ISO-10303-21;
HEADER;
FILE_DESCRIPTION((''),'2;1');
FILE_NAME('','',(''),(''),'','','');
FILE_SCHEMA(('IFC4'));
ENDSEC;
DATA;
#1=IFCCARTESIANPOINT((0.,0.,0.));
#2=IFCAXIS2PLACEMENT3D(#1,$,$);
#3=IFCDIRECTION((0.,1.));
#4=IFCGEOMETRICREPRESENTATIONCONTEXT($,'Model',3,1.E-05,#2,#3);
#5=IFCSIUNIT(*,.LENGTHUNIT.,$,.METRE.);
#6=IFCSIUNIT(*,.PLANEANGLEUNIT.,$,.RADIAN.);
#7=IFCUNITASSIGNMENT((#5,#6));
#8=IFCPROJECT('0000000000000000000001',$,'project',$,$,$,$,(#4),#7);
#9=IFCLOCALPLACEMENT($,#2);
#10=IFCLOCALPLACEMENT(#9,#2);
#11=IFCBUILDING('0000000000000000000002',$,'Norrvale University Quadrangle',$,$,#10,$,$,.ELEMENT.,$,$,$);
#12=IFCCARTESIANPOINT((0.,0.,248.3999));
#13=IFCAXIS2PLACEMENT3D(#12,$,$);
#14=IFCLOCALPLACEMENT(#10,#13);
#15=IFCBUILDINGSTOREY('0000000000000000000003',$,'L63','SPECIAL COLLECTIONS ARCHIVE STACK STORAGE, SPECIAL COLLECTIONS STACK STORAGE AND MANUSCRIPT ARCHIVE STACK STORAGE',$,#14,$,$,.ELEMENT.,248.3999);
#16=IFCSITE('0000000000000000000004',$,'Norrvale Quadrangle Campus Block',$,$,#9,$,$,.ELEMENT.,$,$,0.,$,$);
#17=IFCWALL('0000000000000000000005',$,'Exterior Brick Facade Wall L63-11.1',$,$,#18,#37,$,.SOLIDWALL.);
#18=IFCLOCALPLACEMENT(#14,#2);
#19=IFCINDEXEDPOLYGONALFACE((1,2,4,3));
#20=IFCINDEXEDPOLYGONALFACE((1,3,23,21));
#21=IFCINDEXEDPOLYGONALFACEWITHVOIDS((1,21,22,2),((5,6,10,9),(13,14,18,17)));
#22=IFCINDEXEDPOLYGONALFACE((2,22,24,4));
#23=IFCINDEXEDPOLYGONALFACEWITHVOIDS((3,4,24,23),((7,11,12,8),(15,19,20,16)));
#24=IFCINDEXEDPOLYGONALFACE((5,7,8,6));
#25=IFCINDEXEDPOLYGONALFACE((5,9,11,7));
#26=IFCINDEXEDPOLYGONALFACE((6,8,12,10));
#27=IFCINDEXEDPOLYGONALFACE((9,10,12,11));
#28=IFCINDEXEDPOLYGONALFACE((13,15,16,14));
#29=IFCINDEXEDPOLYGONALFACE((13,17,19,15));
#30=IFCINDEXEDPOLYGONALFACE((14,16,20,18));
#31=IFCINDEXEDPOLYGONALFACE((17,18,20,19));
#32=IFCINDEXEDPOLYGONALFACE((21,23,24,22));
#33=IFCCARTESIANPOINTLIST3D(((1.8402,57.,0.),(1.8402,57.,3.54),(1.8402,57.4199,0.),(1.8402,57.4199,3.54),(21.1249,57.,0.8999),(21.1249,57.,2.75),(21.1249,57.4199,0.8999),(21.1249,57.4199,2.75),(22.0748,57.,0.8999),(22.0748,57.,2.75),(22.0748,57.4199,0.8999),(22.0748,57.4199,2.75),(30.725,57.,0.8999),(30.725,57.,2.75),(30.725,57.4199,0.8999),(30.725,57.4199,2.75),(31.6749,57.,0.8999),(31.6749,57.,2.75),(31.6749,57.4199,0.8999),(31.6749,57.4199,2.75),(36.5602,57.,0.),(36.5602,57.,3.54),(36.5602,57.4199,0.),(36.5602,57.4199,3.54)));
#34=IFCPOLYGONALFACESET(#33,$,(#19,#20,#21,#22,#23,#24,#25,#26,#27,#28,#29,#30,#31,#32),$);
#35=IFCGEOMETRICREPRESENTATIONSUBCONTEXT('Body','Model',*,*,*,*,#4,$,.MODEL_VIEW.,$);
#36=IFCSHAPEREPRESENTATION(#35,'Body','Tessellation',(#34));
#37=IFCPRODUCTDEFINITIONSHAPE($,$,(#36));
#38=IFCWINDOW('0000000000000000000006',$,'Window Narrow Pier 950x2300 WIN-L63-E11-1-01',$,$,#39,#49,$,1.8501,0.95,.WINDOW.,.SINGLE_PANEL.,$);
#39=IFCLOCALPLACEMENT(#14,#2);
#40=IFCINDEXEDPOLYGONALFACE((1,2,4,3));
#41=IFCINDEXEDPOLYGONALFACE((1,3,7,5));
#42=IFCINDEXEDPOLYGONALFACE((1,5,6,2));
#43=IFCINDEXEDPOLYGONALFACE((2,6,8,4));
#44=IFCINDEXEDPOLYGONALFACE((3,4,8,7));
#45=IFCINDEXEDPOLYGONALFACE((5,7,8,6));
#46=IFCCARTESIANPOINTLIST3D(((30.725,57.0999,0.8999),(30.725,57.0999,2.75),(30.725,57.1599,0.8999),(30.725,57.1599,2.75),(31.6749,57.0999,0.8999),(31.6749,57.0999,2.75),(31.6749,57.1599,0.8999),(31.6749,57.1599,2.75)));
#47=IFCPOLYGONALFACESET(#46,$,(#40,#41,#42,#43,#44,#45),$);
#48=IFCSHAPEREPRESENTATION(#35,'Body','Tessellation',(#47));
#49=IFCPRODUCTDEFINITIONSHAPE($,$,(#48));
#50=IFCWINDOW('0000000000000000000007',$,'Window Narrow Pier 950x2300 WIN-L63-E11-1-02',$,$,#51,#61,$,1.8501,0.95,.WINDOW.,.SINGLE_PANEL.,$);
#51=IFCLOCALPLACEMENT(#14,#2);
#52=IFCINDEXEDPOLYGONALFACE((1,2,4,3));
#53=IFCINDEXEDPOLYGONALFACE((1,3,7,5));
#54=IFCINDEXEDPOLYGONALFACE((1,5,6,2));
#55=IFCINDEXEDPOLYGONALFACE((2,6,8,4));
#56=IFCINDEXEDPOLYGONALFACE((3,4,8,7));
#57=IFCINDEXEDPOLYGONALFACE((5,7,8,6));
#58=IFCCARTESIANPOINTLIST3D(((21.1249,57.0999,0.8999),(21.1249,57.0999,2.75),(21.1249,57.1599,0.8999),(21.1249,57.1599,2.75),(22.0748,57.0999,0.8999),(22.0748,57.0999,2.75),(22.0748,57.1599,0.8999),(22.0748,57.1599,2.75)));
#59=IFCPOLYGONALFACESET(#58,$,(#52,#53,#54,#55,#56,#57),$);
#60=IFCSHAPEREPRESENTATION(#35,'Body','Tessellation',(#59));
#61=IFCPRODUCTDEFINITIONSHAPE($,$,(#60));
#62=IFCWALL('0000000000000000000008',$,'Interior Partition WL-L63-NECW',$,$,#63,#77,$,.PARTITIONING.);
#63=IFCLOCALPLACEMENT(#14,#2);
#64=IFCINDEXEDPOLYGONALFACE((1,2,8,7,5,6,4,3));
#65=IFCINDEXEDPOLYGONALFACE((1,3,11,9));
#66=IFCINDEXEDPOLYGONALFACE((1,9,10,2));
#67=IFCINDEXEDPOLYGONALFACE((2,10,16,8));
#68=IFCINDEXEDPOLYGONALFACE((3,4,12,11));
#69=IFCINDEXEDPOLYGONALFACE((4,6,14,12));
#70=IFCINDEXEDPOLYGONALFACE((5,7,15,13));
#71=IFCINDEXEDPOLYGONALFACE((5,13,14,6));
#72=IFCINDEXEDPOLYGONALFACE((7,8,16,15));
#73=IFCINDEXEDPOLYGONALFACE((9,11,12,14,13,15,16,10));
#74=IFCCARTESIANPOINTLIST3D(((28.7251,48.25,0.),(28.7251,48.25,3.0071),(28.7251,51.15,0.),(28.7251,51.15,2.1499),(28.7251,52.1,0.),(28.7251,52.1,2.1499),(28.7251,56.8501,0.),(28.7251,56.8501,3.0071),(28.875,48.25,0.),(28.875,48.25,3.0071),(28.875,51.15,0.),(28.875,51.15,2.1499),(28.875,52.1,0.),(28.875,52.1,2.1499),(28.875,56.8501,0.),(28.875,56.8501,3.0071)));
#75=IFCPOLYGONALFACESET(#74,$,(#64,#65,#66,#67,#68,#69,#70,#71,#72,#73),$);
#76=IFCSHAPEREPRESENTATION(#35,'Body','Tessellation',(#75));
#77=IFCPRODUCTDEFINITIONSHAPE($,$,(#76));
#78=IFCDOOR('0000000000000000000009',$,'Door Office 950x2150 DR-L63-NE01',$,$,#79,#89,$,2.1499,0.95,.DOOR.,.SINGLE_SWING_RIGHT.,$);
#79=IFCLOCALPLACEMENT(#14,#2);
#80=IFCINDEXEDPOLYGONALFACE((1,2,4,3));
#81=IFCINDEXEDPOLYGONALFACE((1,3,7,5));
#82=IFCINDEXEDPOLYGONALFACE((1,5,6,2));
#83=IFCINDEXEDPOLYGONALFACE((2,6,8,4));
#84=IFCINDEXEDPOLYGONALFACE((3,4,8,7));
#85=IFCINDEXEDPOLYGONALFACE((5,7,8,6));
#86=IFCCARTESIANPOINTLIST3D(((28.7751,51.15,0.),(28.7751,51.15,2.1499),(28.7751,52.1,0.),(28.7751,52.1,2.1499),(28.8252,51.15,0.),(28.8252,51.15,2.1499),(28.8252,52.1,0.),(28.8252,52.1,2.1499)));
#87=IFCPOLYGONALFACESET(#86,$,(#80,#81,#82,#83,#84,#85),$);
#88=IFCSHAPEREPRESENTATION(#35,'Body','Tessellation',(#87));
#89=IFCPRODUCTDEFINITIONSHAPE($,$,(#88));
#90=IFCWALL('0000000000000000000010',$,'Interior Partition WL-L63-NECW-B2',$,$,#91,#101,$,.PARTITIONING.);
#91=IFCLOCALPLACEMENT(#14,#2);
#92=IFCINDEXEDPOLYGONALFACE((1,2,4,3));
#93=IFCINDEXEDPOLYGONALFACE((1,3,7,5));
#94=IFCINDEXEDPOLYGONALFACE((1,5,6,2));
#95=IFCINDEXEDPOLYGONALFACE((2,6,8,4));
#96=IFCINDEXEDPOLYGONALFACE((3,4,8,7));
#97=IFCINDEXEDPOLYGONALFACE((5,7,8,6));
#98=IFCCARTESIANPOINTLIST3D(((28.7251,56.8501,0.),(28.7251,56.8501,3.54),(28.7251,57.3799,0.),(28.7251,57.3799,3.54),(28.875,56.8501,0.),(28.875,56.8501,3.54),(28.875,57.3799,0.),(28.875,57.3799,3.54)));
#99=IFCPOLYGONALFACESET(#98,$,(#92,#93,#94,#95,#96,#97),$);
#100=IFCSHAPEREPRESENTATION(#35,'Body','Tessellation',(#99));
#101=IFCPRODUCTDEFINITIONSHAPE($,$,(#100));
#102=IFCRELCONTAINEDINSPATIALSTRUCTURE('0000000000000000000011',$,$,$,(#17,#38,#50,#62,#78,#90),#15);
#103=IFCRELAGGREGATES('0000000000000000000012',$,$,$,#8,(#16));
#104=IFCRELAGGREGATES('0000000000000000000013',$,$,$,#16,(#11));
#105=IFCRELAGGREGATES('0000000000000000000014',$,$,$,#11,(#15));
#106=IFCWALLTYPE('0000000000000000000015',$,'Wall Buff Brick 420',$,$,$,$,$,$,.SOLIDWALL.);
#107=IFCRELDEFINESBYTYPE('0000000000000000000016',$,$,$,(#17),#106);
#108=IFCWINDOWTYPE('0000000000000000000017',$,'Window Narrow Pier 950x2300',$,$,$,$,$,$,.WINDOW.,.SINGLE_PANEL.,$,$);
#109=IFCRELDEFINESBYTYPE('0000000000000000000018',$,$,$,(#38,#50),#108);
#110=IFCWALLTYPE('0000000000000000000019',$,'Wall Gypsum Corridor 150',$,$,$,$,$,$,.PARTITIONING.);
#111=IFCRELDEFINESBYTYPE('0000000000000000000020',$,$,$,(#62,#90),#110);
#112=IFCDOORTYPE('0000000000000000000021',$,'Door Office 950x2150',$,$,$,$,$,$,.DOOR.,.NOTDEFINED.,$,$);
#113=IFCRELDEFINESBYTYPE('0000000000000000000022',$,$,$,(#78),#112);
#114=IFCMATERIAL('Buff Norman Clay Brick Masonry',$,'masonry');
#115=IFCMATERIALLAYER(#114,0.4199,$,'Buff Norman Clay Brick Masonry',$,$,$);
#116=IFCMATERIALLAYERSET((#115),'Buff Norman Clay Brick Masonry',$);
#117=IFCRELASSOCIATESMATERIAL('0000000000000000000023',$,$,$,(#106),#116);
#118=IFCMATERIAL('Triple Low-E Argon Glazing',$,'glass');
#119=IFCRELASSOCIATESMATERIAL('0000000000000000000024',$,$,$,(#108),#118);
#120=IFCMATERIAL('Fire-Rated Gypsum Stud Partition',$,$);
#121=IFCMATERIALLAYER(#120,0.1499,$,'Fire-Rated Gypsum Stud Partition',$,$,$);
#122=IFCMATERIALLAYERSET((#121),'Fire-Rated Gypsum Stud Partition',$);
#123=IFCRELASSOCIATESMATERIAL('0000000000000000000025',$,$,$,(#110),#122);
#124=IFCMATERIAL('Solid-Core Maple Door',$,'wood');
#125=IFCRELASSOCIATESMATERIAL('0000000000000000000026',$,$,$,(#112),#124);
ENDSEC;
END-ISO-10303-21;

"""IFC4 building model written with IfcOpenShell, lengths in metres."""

from ifc_helpers import new_model, si_unit, direction, frame, frame_2d, origin, place, context, subcontext, project, spatial, rectangle, extrude, material, layer, layer_set, type_object, element, fill, save


model = new_model("IFC4")

# Units and contexts
model_context = context("Model", 3, precision=1e-05, world=origin(), true_north=direction((0.0, 1.0)))
body_context = subcontext(model_context, "Body", "Model", "MODEL_VIEW")
ifc_project = project(units=[si_unit("LENGTHUNIT", "METRE"), si_unit("PLANEANGLEUNIT", "RADIAN")], contexts=[model_context])

# Site, building, storey
site_placement = place(None, origin())
site = spatial("IfcSite", under=ifc_project, at=site_placement, Name="Norrvale Quadrangle Campus Block", CompositionType="ELEMENT", RefElevation=0.0)
building_placement = place(site_placement, origin())
building = spatial("IfcBuilding", under=site, at=building_placement, Name="Norrvale University Quadrangle", CompositionType="ELEMENT")
storey_placement = place(building_placement, frame((0.0, 0.0, 248.3999)))
storey = spatial("IfcBuildingStorey", under=building, at=storey_placement, Name="L63", Description="SPECIAL COLLECTIONS ARCHIVE STACK STORAGE, SPECIAL COLLECTIONS STACK STORAGE AND MANUSCRIPT ARCHIVE STACK STORAGE", CompositionType="ELEMENT", Elevation=248.3999)

# Shared definitions
ifc_material_1 = material(Name="Buff Norman Clay Brick Masonry", Category="masonry")
ifc_layer_1 = layer(ifc_material_1, 0.4199, Name="Buff Norman Clay Brick Masonry")
ifc_layer_set_1 = layer_set([ifc_layer_1], Name="Buff Norman Clay Brick Masonry")
wall_type_1 = type_object("IfcWallType", Name="Wall Buff Brick 420", PredefinedType="SOLIDWALL", material=ifc_layer_set_1)

# Wall, openings, windows
wall_1_placement = place(storey_placement, frame((36.5601, 57.21, 0.0), z_axis=(0.0, 0.0, 1.0), x_axis=(-1.0, 0.0, 0.0)))
wall_1 = element("IfcWall", 1, at=wall_1_placement, inside=storey, type_object=wall_type_1, Name="Exterior Brick Facade Wall L63-11.1", PredefinedType="SOLIDWALL", context=body_context, shape_type="SweptSolid", body=[
    extrude(rectangle(XDim=34.72, YDim=0.4199, at=frame_2d((17.3599, 0.0))), origin(), (0.0, 0.0, 1.0), 3.54),
])
opening_1_placement = place(wall_1_placement, frame((4.885, 0.0, 0.8999)))
opening_1 = element("IfcOpeningElement", 2, at=opening_1_placement, cuts=wall_1, PredefinedType="OPENING", context=body_context, shape_type="SweptSolid", body=[
    extrude(rectangle(XDim=0.95, YDim=1.8501, at=frame_2d((0.4751, 0.925))), frame((0.0, 0.2219, 0.0), z_axis=(0.0, -1.0, 0.0), x_axis=(1.0, 0.0, 0.0)), (0.0, 0.0, 1.0), 0.4438),
])
opening_2_placement = place(wall_1_placement, frame((14.4851, 0.0, 0.8999)))
opening_2 = element("IfcOpeningElement", 3, at=opening_2_placement, cuts=wall_1, PredefinedType="OPENING", context=body_context, shape_type="SweptSolid", body=[
    extrude(rectangle(XDim=0.95, YDim=1.8501, at=frame_2d((0.4751, 0.925))), frame((0.0, 0.2219, 0.0), z_axis=(0.0, -1.0, 0.0), x_axis=(1.0, 0.0, 0.0)), (0.0, 0.0, 1.0), 0.4438),
])
ifc_material_2 = material(Name="Triple Low-E Argon Glazing", Category="glass")
window_type = type_object("IfcWindowType", Name="Window Narrow Pier 950x2300", PartitioningType="SINGLE_PANEL", PredefinedType="WINDOW", material=ifc_material_2)
window_1_placement = place(opening_1_placement, origin())
window_1 = element("IfcWindow", 4, at=window_1_placement, inside=storey, type_object=window_type, Name="Window Narrow Pier 950x2300 WIN-L63-E11-1-01", OverallHeight=1.8501, OverallWidth=0.95, PartitioningType="SINGLE_PANEL", PredefinedType="WINDOW", context=body_context, shape_type="SweptSolid", body=[
    extrude(rectangle(XDim=0.95, YDim=1.8501, at=frame_2d((0.4751, 0.925))), frame((0.0, 0.1101, 0.0), z_axis=(0.0, -1.0, 0.0), x_axis=(1.0, 0.0, 0.0)), (0.0, 0.0, 1.0), 0.0601),
])
fill(opening_1, window_1)
window_2_placement = place(opening_2_placement, origin())
window_2 = element("IfcWindow", 5, at=window_2_placement, inside=storey, type_object=window_type, Name="Window Narrow Pier 950x2300 WIN-L63-E11-1-02", OverallHeight=1.8501, OverallWidth=0.95, PartitioningType="SINGLE_PANEL", PredefinedType="WINDOW", context=body_context, shape_type="SweptSolid", body=[
    extrude(rectangle(XDim=0.95, YDim=1.8501, at=frame_2d((0.4751, 0.925))), frame((0.0, 0.1101, 0.0), z_axis=(0.0, -1.0, 0.0), x_axis=(1.0, 0.0, 0.0)), (0.0, 0.0, 1.0), 0.0601),
])
fill(opening_2, window_2)

# Wall, opening, door
ifc_material_3 = material(Name="Fire-Rated Gypsum Stud Partition")
ifc_layer_2 = layer(ifc_material_3, 0.1499, Name="Fire-Rated Gypsum Stud Partition")
ifc_layer_set_2 = layer_set([ifc_layer_2], Name="Fire-Rated Gypsum Stud Partition")
wall_type_2 = type_object("IfcWallType", Name="Wall Gypsum Corridor 150", PredefinedType="PARTITIONING", material=ifc_layer_set_2)
wall_2_placement = place(storey_placement, frame((28.8, 48.25, 0.0), z_axis=(0.0, 0.0, 1.0), x_axis=(0.0, 1.0, 0.0)))
wall_2 = element("IfcWall", 6, at=wall_2_placement, inside=storey, type_object=wall_type_2, Name="Interior Partition WL-L63-NECW", PredefinedType="PARTITIONING", context=body_context, shape_type="SweptSolid", body=[
    extrude(rectangle(XDim=8.6001, YDim=0.1499, at=frame_2d((4.3, 0.0))), origin(), (0.0, 0.0, 1.0), 3.0071),
])
opening_3_placement = place(wall_2_placement, frame((2.8999, 0.0, 0.0)))
opening_3 = element("IfcOpeningElement", 7, at=opening_3_placement, cuts=wall_2, PredefinedType="OPENING", context=body_context, shape_type="SweptSolid", body=[
    extrude(rectangle(XDim=0.95, YDim=2.1499, at=frame_2d((0.4751, 1.075))), frame((0.0, 0.0869, 0.0), z_axis=(0.0, -1.0, 0.0), x_axis=(1.0, 0.0, 0.0)), (0.0, 0.0, 1.0), 0.1738),
])
ifc_material_4 = material(Name="Solid-Core Maple Door", Category="wood")
door_type = type_object("IfcDoorType", Name="Door Office 950x2150", OperationType="NOTDEFINED", PredefinedType="DOOR", material=ifc_material_4)
door_placement = place(opening_3_placement, origin())
door = element("IfcDoor", 8, at=door_placement, inside=storey, type_object=door_type, Name="Door Office 950x2150 DR-L63-NE01", OperationType="SINGLE_SWING_RIGHT", OverallHeight=2.1499, OverallWidth=0.95, PredefinedType="DOOR", context=body_context, shape_type="SweptSolid", body=[
    extrude(rectangle(XDim=0.95, YDim=2.1499, at=frame_2d((0.4751, 1.075))), frame((0.0, 0.0249, 0.0), z_axis=(0.0, -1.0, 0.0), x_axis=(1.0, 0.0, 0.0)), (0.0, 0.0, 1.0), 0.05),
])
fill(opening_3, door)

# Wall
wall_3_placement = place(storey_placement, frame((28.8, 56.8501, 0.0), z_axis=(0.0, 0.0, 1.0), x_axis=(0.0, 1.0, 0.0)))
element("IfcWall", 9, at=wall_3_placement, inside=storey, type_object=wall_type_2, Name="Interior Partition WL-L63-NECW-B2", PredefinedType="PARTITIONING", context=body_context, shape_type="SweptSolid", body=[
    extrude(rectangle(XDim=0.5298, YDim=0.1499, at=frame_2d((0.2649, 0.0))), origin(), (0.0, 0.0, 1.0), 3.54),
])

save(model, "model.ifc")
